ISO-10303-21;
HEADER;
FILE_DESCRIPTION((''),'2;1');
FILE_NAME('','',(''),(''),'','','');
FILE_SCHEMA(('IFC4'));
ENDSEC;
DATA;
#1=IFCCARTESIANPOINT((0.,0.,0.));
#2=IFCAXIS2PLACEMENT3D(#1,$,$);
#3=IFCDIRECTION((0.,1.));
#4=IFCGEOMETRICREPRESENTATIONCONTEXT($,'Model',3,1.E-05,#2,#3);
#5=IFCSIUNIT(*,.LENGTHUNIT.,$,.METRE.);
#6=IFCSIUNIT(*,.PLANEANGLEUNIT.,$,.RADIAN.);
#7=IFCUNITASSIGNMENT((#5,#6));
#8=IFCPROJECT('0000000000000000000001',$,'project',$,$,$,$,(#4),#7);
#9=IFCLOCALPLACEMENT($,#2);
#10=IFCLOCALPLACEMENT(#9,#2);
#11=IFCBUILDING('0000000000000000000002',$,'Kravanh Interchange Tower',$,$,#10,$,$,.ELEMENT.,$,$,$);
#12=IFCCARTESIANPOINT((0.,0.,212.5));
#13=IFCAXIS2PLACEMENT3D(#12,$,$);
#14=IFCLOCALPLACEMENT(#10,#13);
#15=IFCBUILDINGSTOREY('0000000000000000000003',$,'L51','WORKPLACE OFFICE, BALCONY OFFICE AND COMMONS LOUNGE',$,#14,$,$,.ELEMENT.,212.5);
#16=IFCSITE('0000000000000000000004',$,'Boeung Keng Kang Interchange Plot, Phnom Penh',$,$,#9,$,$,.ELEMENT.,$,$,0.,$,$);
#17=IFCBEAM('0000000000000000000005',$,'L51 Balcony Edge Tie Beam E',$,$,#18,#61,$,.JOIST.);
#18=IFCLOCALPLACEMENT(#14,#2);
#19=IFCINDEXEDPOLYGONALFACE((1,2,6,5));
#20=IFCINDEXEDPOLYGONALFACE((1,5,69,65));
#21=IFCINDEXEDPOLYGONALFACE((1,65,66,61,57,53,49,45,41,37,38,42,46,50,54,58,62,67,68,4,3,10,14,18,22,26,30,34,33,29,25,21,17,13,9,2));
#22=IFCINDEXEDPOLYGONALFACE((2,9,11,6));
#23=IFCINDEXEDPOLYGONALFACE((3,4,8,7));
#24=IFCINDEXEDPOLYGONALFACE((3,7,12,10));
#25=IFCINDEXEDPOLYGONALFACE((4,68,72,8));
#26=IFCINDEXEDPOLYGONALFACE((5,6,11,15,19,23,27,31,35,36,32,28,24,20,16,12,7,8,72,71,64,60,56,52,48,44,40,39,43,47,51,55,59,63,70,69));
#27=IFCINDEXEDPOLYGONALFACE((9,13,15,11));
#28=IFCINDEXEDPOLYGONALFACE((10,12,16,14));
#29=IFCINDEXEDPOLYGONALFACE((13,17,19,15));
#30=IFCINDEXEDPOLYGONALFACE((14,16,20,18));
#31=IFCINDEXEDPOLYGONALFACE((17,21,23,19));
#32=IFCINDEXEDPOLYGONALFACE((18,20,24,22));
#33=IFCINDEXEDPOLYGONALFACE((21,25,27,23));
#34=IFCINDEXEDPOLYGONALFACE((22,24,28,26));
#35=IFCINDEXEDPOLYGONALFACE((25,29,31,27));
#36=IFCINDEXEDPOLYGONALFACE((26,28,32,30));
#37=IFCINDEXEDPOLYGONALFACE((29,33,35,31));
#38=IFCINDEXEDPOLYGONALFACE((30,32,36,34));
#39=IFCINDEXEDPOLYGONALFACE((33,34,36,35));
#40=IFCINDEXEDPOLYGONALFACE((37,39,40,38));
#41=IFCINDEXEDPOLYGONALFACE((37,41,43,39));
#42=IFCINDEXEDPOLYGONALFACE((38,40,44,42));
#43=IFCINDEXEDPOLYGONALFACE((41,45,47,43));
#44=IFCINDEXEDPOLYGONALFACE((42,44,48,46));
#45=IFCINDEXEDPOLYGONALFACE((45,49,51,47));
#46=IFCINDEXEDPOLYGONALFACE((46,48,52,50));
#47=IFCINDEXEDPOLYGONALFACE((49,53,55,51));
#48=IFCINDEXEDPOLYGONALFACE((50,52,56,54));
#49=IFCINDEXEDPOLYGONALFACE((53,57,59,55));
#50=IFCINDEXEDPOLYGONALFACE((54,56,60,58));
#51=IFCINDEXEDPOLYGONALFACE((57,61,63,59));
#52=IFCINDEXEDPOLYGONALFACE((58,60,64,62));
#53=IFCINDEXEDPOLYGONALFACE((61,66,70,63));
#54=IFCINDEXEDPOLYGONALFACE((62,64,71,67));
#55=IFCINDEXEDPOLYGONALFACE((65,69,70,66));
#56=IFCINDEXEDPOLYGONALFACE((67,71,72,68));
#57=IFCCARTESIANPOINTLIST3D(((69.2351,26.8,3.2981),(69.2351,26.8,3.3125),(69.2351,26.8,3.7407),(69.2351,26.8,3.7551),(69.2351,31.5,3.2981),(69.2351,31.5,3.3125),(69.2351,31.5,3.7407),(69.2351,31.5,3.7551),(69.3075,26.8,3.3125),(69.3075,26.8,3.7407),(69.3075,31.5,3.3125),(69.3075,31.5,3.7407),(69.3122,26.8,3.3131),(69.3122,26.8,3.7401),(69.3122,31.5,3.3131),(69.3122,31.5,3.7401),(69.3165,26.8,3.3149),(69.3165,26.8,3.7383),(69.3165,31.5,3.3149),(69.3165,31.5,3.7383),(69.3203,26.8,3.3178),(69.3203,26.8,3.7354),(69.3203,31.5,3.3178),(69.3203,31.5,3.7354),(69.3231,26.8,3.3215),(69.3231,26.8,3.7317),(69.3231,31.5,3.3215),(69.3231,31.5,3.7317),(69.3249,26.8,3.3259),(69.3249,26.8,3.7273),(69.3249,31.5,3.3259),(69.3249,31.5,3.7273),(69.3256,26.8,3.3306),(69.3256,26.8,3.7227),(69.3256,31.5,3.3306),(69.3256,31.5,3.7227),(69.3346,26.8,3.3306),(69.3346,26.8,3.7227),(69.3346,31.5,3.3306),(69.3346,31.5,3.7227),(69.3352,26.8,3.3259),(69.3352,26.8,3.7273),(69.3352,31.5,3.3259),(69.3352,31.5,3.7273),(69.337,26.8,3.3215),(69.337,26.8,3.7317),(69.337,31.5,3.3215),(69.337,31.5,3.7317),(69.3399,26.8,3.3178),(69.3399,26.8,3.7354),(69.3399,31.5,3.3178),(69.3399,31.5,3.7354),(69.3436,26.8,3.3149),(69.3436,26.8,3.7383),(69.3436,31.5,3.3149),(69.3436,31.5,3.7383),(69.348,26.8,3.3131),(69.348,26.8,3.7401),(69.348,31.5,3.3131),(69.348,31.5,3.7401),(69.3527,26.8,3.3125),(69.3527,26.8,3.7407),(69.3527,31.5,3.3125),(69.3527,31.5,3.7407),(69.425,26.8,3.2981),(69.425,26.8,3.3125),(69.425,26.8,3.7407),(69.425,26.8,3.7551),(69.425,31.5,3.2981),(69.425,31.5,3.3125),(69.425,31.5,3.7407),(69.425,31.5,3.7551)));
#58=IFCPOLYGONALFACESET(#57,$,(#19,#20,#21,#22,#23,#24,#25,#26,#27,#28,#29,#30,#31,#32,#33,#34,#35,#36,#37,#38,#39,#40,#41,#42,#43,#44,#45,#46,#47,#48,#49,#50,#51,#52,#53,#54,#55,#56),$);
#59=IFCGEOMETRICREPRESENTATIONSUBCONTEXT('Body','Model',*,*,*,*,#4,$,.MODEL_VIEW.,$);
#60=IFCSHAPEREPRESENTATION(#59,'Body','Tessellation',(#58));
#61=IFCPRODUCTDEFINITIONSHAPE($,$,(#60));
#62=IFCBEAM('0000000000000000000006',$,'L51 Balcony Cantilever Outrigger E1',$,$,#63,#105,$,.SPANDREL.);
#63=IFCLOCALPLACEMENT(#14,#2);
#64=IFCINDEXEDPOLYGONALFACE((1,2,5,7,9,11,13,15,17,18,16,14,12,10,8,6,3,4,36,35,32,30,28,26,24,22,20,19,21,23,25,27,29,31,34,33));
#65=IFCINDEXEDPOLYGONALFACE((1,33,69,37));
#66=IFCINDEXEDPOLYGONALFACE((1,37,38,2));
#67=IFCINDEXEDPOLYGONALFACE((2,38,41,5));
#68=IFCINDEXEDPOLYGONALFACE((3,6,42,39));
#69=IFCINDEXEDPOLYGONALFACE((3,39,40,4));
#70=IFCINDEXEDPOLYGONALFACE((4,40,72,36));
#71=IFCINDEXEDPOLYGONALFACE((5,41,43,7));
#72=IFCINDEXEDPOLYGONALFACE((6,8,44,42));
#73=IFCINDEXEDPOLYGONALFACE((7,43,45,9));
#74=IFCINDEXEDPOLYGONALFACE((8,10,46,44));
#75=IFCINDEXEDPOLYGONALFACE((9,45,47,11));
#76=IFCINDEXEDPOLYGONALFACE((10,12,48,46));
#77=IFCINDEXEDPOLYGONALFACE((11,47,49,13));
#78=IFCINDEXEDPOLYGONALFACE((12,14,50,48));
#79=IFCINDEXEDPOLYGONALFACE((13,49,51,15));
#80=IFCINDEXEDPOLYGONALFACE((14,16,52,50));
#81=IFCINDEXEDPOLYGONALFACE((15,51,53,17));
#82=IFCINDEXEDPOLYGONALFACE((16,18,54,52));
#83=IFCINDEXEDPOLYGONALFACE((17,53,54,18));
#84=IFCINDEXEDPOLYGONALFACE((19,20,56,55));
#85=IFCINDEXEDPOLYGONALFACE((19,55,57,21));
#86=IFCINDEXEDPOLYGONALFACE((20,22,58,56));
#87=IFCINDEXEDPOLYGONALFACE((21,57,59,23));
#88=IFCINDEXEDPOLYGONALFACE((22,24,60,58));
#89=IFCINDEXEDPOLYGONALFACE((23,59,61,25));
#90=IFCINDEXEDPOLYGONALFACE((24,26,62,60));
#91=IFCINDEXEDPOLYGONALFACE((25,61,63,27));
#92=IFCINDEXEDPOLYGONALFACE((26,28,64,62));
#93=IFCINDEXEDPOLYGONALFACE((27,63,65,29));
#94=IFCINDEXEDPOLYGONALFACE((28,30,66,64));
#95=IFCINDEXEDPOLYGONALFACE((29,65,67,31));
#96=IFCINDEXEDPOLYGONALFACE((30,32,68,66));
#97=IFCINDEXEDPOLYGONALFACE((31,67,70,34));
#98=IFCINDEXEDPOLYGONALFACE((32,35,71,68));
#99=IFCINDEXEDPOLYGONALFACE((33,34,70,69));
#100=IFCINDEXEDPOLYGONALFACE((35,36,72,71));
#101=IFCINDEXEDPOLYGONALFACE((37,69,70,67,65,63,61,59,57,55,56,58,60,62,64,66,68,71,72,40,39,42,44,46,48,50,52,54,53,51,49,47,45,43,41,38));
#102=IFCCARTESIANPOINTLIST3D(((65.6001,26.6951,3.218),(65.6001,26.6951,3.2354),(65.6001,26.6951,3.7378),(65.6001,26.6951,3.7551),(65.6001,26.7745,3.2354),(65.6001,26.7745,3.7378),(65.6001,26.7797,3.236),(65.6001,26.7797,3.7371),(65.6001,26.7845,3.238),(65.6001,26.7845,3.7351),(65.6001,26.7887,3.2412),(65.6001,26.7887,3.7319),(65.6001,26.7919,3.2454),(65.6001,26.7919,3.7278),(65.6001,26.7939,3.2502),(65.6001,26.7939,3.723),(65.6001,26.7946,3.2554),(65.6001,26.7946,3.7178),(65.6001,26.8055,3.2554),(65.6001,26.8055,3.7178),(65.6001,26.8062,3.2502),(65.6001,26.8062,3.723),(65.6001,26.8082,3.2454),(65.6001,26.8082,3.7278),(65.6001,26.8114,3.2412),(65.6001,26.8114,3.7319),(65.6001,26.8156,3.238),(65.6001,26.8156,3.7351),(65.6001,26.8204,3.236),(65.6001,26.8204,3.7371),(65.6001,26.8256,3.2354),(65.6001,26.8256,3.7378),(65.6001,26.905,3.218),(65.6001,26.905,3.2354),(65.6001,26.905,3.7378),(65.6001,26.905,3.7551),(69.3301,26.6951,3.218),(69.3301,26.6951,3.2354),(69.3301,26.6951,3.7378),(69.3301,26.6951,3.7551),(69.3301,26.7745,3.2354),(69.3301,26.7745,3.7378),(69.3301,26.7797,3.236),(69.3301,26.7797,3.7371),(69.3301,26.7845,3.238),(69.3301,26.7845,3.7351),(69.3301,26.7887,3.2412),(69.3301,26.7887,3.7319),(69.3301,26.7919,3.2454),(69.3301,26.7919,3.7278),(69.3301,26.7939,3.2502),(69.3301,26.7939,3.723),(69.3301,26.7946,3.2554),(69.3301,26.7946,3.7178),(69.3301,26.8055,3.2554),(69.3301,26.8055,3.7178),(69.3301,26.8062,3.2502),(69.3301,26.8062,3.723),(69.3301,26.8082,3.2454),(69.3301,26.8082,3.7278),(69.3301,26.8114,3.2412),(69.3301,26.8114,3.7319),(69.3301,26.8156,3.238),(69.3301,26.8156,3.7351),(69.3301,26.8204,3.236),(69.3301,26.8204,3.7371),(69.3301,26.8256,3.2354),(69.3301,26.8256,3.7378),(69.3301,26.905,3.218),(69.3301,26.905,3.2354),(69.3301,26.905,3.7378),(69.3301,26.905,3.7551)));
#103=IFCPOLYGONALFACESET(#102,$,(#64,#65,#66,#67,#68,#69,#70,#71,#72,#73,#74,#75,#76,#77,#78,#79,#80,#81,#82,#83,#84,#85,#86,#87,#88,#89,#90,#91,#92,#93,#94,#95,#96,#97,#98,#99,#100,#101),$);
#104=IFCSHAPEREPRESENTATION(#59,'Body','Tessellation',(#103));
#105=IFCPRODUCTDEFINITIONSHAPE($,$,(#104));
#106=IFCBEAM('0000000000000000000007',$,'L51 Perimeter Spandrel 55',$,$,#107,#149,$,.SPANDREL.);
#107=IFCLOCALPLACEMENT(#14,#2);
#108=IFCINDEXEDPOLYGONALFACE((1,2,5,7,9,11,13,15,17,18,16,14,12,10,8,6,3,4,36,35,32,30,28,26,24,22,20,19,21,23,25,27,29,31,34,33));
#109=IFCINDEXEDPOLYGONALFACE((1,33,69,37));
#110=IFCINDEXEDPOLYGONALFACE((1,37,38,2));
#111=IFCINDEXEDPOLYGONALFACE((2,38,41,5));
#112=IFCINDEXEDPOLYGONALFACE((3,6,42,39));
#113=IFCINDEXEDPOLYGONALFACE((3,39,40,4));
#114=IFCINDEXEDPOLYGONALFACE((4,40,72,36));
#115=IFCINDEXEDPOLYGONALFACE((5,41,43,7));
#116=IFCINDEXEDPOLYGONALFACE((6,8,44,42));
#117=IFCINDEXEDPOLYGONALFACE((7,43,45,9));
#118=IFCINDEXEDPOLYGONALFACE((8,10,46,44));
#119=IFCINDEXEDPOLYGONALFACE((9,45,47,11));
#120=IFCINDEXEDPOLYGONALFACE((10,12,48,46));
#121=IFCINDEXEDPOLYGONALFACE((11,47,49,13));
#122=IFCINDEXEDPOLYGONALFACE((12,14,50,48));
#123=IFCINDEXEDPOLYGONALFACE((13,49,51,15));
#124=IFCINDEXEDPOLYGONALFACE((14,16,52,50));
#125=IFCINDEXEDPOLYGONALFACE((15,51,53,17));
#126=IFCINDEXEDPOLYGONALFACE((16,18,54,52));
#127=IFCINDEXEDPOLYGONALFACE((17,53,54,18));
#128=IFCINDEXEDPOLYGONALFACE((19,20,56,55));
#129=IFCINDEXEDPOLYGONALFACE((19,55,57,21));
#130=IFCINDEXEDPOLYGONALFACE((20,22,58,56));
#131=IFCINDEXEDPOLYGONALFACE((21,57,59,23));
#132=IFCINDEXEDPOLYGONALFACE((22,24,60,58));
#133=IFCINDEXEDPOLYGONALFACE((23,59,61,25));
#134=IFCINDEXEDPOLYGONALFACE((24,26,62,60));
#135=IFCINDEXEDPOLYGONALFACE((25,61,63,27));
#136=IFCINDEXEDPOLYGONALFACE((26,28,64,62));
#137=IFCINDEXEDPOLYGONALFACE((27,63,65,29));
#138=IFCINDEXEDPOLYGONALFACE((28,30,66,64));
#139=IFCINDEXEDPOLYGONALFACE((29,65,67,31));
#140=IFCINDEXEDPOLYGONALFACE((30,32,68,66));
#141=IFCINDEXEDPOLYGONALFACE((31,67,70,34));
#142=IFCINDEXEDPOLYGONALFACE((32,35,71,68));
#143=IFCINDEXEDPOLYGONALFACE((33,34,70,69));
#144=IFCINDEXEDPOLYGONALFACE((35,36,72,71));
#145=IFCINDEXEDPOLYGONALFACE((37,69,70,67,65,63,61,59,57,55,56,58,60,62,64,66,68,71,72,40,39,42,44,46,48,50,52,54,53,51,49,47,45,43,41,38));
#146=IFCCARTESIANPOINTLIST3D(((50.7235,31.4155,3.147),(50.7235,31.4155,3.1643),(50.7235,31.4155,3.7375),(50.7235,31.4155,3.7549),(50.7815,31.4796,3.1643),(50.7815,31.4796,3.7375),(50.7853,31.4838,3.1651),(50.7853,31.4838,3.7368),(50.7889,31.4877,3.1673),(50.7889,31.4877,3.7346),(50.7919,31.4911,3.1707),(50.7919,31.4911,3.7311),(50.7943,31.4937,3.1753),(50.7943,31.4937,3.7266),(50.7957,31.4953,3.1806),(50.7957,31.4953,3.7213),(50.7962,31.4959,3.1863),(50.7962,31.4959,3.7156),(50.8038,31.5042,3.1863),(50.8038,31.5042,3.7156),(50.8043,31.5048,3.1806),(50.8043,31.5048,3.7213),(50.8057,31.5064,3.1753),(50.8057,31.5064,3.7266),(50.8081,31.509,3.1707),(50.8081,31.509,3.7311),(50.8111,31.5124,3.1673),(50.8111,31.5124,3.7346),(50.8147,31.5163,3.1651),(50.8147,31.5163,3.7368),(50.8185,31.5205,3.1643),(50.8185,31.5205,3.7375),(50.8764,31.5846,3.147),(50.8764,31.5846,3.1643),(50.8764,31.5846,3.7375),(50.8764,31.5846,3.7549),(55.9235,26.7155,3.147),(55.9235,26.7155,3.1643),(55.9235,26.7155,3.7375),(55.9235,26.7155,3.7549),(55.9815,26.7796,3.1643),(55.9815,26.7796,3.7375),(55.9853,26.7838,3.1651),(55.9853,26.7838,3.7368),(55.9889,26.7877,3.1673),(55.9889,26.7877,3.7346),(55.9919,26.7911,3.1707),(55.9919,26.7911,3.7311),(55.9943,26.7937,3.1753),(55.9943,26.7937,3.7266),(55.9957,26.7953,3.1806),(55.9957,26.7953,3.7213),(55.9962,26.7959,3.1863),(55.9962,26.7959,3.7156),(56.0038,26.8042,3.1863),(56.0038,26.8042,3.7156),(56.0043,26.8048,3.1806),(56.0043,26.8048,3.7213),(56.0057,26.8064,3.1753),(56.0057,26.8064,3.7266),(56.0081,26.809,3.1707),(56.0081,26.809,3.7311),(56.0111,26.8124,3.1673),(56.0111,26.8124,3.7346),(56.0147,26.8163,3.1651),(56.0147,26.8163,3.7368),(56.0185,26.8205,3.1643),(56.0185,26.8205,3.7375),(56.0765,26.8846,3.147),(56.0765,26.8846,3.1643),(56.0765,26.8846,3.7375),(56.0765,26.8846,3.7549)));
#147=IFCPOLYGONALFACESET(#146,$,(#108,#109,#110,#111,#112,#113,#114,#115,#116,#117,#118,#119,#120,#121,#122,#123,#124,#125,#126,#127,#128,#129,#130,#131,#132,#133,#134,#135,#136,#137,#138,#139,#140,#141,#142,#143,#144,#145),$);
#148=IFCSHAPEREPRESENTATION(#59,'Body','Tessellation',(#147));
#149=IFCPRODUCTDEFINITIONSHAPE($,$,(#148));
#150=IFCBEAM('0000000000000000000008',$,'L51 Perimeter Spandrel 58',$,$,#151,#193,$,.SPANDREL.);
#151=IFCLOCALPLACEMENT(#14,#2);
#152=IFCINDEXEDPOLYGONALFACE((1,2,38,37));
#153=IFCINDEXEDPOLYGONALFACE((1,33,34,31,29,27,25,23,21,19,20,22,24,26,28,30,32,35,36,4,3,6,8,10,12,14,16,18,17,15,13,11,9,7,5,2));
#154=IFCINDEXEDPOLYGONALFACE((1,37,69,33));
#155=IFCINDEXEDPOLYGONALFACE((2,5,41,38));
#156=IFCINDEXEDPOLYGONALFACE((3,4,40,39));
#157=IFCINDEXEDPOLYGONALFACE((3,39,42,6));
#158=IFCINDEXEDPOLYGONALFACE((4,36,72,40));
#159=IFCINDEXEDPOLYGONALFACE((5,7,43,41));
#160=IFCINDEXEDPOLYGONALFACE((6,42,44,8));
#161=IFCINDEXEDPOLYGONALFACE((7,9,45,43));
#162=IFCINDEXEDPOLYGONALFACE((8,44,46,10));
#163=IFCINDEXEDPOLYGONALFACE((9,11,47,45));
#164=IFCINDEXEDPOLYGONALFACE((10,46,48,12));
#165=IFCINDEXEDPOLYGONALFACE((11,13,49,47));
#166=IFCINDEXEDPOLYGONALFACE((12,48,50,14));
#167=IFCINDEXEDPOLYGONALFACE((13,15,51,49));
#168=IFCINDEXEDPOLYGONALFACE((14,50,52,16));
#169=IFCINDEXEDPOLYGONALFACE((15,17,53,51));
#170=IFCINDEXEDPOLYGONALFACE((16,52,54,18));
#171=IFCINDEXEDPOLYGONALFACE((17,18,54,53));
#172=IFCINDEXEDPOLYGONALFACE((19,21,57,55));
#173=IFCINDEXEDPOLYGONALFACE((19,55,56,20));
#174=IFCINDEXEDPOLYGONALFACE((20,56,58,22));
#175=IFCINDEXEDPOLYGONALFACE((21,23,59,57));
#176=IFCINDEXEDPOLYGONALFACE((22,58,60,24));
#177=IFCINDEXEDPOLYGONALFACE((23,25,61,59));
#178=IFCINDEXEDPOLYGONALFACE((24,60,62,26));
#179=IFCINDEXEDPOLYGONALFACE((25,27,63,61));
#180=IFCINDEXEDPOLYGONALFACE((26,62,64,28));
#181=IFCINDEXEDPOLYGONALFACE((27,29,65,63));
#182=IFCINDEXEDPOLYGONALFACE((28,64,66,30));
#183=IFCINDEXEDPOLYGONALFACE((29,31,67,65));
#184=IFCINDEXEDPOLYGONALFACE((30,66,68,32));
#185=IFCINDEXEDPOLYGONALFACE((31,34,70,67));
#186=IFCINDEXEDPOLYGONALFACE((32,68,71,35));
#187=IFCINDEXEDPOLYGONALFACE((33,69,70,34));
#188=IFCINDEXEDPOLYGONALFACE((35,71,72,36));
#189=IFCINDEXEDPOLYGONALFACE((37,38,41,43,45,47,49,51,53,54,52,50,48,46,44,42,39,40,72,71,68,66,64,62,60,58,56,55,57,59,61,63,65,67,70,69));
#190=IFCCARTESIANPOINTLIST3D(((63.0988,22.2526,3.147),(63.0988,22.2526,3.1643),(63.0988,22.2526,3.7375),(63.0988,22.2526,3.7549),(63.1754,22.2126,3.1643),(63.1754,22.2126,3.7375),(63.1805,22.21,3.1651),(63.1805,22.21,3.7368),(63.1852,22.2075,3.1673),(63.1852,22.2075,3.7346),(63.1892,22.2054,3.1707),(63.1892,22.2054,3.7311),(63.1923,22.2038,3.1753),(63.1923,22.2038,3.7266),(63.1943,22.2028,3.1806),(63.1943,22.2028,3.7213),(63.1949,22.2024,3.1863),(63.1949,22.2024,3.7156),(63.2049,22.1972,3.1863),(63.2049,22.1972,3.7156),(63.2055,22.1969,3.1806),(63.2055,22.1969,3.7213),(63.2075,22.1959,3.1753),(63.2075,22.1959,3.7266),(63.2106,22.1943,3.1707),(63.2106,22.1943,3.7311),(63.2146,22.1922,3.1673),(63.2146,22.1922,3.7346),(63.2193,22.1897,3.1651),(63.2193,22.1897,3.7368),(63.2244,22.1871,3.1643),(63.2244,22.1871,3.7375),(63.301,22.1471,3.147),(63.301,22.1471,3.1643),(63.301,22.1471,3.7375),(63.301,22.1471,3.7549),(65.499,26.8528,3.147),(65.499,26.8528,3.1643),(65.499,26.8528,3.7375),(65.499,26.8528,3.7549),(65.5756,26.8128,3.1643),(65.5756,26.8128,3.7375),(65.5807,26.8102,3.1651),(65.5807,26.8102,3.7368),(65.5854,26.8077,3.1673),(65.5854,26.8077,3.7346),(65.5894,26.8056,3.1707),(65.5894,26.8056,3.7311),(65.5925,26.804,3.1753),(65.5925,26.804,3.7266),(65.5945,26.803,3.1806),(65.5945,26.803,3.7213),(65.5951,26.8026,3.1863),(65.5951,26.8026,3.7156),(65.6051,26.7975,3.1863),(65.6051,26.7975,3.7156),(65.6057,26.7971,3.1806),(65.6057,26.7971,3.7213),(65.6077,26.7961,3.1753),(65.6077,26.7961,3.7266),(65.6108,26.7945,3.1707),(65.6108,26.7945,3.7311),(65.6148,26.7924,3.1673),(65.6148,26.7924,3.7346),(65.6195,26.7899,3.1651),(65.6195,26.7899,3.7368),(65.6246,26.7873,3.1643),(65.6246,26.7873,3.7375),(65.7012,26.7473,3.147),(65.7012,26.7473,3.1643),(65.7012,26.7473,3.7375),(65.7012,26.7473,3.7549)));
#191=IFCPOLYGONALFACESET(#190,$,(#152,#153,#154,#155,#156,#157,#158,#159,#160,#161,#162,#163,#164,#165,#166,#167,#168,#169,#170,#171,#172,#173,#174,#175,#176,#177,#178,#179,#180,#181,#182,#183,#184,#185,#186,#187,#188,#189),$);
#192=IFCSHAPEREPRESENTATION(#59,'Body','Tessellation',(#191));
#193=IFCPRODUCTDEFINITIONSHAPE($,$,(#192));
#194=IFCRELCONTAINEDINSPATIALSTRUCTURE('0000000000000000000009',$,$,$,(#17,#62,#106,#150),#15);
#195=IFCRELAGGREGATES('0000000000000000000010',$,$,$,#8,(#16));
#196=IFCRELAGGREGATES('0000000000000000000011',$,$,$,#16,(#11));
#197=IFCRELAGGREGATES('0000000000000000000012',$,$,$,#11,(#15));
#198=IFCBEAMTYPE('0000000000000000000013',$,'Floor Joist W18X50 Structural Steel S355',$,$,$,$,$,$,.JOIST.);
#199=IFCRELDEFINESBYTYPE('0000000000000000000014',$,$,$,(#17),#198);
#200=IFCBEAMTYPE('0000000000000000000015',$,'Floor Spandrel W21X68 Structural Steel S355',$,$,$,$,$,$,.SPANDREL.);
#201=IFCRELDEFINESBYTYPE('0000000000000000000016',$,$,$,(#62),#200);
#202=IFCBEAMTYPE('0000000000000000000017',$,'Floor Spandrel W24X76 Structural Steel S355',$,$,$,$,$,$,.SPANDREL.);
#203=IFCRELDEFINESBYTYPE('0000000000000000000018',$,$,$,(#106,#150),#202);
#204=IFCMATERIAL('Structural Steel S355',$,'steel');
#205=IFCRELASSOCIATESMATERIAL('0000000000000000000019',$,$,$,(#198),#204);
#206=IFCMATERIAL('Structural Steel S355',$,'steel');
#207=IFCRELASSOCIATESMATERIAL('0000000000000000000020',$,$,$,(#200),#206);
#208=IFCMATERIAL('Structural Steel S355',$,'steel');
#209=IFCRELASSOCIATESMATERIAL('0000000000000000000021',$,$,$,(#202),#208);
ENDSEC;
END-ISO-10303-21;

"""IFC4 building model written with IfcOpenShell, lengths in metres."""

from ifc_helpers import new_model, si_unit, direction, frame, origin, origin_2d, place, context, subcontext, project, spatial, i_section, extrude, material, material_profile, profile_set, type_object, element, save


model = new_model("IFC4")

# Units and contexts
model_context = context("Model", 3, precision=1e-05, world=origin(), true_north=direction((0.0, 1.0)))
body_context = subcontext(model_context, "Body", "Model", "MODEL_VIEW")
ifc_project = project(units=[si_unit("LENGTHUNIT", "METRE"), si_unit("PLANEANGLEUNIT", "RADIAN")], contexts=[model_context])

# Site, building, storey
site_placement = place(None, origin())
site = spatial("IfcSite", under=ifc_project, at=site_placement, Name="Boeung Keng Kang Interchange Plot, Phnom Penh", CompositionType="ELEMENT", RefElevation=0.0)
building_placement = place(site_placement, origin())
building = spatial("IfcBuilding", under=site, at=building_placement, Name="Kravanh Interchange Tower", CompositionType="ELEMENT")
storey_placement = place(building_placement, frame((0.0, 0.0, 212.5)))
storey = spatial("IfcBuildingStorey", under=building, at=storey_placement, Name="L51", Description="WORKPLACE OFFICE, BALCONY OFFICE AND COMMONS LOUNGE", CompositionType="ELEMENT", Elevation=212.5)

# Beams
ifc_material_1 = material(Name="Structural Steel S355", Category="steel")
ifc_material_profile_1 = material_profile(ifc_material_1, i_section(OverallWidth=0.1899, OverallDepth=0.457, WebThickness=0.009, FlangeThickness=0.0144, FilletRadius=0.0181, at=origin_2d()), Name="W18X50")
ifc_profile_set_1 = profile_set([ifc_material_profile_1], Name="Structural Steel S355")
beam_type_1 = type_object("IfcBeamType", Name="Floor Joist W18X50 Structural Steel S355", PredefinedType="JOIST", material=ifc_profile_set_1)
beam_1_placement = place(storey_placement, frame((69.3301, 26.8, 3.5266), z_axis=(0.0, 1.0, 0.0), x_axis=(-1.0, 0.0, 0.0)))
element("IfcBeam", 1, at=beam_1_placement, inside=storey, type_object=beam_type_1, Name="L51 Balcony Edge Tie Beam E", PredefinedType="JOIST", context=body_context, shape_type="SweptSolid", body=[
    extrude(i_section(OverallWidth=0.1899, OverallDepth=0.457, WebThickness=0.009, FlangeThickness=0.0144, FilletRadius=0.0181, at=origin_2d()), origin(), (0.0, 0.0, 1.0), 4.7),
])
ifc_material_2 = material(Name="Structural Steel S355", Category="steel")
ifc_material_profile_2 = material_profile(ifc_material_2, i_section(OverallWidth=0.21, OverallDepth=0.5371, WebThickness=0.011, FlangeThickness=0.0173, FilletRadius=0.02, at=origin_2d()), Name="W21X68")
ifc_profile_set_2 = profile_set([ifc_material_profile_2], Name="Structural Steel S355")
beam_type_2 = type_object("IfcBeamType", Name="Floor Spandrel W21X68 Structural Steel S355", PredefinedType="SPANDREL", material=ifc_profile_set_2)
beam_2_placement = place(storey_placement, frame((65.6001, 26.8, 3.4866), z_axis=(1.0, 0.0, 0.0), x_axis=(0.0, 1.0, 0.0)))
element("IfcBeam", 2, at=beam_2_placement, inside=storey, type_object=beam_type_2, Name="L51 Balcony Cantilever Outrigger E1", PredefinedType="SPANDREL", context=body_context, shape_type="SweptSolid", body=[
    extrude(i_section(OverallWidth=0.21, OverallDepth=0.5371, WebThickness=0.011, FlangeThickness=0.0173, FilletRadius=0.02, at=origin_2d()), origin(), (0.0, 0.0, 1.0), 3.73),
])
ifc_material_3 = material(Name="Structural Steel S355", Category="steel")
ifc_material_profile_3 = material_profile(ifc_material_3, i_section(OverallWidth=0.228, OverallDepth=0.6079, WebThickness=0.0112, FlangeThickness=0.0173, FilletRadius=0.022, at=origin_2d()), Name="W24X76")
ifc_profile_set_3 = profile_set([ifc_material_profile_3], Name="Structural Steel S355")
beam_type_3 = type_object("IfcBeamType", Name="Floor Spandrel W24X76 Structural Steel S355", PredefinedType="SPANDREL", material=ifc_profile_set_3)
beam_3_placement = place(storey_placement, frame((56.0, 26.8, 3.4509), z_axis=(-0.741874, 0.670539, 0.0), x_axis=(-0.670539, -0.741874, 0.0)))
element("IfcBeam", 3, at=beam_3_placement, inside=storey, type_object=beam_type_3, Name="L51 Perimeter Spandrel 55", PredefinedType="SPANDREL", context=body_context, shape_type="SweptSolid", body=[
    extrude(i_section(OverallWidth=0.228, OverallDepth=0.6079, WebThickness=0.0112, FlangeThickness=0.0173, FilletRadius=0.022, at=origin_2d()), origin(), (0.0, 0.0, 1.0), 7.0093),
])
beam_4_placement = place(storey_placement, frame((65.6001, 26.8, 3.4509), z_axis=(-0.46258, -0.886577, 0.0), x_axis=(0.886577, -0.46258, 0.0)))
element("IfcBeam", 4, at=beam_4_placement, inside=storey, type_object=beam_type_3, Name="L51 Perimeter Spandrel 58", PredefinedType="SPANDREL", context=body_context, shape_type="SweptSolid", body=[
    extrude(i_section(OverallWidth=0.228, OverallDepth=0.6079, WebThickness=0.0112, FlangeThickness=0.0173, FilletRadius=0.022, at=origin_2d()), origin(), (0.0, 0.0, 1.0), 5.1887),
])

save(model, "model.ifc")
